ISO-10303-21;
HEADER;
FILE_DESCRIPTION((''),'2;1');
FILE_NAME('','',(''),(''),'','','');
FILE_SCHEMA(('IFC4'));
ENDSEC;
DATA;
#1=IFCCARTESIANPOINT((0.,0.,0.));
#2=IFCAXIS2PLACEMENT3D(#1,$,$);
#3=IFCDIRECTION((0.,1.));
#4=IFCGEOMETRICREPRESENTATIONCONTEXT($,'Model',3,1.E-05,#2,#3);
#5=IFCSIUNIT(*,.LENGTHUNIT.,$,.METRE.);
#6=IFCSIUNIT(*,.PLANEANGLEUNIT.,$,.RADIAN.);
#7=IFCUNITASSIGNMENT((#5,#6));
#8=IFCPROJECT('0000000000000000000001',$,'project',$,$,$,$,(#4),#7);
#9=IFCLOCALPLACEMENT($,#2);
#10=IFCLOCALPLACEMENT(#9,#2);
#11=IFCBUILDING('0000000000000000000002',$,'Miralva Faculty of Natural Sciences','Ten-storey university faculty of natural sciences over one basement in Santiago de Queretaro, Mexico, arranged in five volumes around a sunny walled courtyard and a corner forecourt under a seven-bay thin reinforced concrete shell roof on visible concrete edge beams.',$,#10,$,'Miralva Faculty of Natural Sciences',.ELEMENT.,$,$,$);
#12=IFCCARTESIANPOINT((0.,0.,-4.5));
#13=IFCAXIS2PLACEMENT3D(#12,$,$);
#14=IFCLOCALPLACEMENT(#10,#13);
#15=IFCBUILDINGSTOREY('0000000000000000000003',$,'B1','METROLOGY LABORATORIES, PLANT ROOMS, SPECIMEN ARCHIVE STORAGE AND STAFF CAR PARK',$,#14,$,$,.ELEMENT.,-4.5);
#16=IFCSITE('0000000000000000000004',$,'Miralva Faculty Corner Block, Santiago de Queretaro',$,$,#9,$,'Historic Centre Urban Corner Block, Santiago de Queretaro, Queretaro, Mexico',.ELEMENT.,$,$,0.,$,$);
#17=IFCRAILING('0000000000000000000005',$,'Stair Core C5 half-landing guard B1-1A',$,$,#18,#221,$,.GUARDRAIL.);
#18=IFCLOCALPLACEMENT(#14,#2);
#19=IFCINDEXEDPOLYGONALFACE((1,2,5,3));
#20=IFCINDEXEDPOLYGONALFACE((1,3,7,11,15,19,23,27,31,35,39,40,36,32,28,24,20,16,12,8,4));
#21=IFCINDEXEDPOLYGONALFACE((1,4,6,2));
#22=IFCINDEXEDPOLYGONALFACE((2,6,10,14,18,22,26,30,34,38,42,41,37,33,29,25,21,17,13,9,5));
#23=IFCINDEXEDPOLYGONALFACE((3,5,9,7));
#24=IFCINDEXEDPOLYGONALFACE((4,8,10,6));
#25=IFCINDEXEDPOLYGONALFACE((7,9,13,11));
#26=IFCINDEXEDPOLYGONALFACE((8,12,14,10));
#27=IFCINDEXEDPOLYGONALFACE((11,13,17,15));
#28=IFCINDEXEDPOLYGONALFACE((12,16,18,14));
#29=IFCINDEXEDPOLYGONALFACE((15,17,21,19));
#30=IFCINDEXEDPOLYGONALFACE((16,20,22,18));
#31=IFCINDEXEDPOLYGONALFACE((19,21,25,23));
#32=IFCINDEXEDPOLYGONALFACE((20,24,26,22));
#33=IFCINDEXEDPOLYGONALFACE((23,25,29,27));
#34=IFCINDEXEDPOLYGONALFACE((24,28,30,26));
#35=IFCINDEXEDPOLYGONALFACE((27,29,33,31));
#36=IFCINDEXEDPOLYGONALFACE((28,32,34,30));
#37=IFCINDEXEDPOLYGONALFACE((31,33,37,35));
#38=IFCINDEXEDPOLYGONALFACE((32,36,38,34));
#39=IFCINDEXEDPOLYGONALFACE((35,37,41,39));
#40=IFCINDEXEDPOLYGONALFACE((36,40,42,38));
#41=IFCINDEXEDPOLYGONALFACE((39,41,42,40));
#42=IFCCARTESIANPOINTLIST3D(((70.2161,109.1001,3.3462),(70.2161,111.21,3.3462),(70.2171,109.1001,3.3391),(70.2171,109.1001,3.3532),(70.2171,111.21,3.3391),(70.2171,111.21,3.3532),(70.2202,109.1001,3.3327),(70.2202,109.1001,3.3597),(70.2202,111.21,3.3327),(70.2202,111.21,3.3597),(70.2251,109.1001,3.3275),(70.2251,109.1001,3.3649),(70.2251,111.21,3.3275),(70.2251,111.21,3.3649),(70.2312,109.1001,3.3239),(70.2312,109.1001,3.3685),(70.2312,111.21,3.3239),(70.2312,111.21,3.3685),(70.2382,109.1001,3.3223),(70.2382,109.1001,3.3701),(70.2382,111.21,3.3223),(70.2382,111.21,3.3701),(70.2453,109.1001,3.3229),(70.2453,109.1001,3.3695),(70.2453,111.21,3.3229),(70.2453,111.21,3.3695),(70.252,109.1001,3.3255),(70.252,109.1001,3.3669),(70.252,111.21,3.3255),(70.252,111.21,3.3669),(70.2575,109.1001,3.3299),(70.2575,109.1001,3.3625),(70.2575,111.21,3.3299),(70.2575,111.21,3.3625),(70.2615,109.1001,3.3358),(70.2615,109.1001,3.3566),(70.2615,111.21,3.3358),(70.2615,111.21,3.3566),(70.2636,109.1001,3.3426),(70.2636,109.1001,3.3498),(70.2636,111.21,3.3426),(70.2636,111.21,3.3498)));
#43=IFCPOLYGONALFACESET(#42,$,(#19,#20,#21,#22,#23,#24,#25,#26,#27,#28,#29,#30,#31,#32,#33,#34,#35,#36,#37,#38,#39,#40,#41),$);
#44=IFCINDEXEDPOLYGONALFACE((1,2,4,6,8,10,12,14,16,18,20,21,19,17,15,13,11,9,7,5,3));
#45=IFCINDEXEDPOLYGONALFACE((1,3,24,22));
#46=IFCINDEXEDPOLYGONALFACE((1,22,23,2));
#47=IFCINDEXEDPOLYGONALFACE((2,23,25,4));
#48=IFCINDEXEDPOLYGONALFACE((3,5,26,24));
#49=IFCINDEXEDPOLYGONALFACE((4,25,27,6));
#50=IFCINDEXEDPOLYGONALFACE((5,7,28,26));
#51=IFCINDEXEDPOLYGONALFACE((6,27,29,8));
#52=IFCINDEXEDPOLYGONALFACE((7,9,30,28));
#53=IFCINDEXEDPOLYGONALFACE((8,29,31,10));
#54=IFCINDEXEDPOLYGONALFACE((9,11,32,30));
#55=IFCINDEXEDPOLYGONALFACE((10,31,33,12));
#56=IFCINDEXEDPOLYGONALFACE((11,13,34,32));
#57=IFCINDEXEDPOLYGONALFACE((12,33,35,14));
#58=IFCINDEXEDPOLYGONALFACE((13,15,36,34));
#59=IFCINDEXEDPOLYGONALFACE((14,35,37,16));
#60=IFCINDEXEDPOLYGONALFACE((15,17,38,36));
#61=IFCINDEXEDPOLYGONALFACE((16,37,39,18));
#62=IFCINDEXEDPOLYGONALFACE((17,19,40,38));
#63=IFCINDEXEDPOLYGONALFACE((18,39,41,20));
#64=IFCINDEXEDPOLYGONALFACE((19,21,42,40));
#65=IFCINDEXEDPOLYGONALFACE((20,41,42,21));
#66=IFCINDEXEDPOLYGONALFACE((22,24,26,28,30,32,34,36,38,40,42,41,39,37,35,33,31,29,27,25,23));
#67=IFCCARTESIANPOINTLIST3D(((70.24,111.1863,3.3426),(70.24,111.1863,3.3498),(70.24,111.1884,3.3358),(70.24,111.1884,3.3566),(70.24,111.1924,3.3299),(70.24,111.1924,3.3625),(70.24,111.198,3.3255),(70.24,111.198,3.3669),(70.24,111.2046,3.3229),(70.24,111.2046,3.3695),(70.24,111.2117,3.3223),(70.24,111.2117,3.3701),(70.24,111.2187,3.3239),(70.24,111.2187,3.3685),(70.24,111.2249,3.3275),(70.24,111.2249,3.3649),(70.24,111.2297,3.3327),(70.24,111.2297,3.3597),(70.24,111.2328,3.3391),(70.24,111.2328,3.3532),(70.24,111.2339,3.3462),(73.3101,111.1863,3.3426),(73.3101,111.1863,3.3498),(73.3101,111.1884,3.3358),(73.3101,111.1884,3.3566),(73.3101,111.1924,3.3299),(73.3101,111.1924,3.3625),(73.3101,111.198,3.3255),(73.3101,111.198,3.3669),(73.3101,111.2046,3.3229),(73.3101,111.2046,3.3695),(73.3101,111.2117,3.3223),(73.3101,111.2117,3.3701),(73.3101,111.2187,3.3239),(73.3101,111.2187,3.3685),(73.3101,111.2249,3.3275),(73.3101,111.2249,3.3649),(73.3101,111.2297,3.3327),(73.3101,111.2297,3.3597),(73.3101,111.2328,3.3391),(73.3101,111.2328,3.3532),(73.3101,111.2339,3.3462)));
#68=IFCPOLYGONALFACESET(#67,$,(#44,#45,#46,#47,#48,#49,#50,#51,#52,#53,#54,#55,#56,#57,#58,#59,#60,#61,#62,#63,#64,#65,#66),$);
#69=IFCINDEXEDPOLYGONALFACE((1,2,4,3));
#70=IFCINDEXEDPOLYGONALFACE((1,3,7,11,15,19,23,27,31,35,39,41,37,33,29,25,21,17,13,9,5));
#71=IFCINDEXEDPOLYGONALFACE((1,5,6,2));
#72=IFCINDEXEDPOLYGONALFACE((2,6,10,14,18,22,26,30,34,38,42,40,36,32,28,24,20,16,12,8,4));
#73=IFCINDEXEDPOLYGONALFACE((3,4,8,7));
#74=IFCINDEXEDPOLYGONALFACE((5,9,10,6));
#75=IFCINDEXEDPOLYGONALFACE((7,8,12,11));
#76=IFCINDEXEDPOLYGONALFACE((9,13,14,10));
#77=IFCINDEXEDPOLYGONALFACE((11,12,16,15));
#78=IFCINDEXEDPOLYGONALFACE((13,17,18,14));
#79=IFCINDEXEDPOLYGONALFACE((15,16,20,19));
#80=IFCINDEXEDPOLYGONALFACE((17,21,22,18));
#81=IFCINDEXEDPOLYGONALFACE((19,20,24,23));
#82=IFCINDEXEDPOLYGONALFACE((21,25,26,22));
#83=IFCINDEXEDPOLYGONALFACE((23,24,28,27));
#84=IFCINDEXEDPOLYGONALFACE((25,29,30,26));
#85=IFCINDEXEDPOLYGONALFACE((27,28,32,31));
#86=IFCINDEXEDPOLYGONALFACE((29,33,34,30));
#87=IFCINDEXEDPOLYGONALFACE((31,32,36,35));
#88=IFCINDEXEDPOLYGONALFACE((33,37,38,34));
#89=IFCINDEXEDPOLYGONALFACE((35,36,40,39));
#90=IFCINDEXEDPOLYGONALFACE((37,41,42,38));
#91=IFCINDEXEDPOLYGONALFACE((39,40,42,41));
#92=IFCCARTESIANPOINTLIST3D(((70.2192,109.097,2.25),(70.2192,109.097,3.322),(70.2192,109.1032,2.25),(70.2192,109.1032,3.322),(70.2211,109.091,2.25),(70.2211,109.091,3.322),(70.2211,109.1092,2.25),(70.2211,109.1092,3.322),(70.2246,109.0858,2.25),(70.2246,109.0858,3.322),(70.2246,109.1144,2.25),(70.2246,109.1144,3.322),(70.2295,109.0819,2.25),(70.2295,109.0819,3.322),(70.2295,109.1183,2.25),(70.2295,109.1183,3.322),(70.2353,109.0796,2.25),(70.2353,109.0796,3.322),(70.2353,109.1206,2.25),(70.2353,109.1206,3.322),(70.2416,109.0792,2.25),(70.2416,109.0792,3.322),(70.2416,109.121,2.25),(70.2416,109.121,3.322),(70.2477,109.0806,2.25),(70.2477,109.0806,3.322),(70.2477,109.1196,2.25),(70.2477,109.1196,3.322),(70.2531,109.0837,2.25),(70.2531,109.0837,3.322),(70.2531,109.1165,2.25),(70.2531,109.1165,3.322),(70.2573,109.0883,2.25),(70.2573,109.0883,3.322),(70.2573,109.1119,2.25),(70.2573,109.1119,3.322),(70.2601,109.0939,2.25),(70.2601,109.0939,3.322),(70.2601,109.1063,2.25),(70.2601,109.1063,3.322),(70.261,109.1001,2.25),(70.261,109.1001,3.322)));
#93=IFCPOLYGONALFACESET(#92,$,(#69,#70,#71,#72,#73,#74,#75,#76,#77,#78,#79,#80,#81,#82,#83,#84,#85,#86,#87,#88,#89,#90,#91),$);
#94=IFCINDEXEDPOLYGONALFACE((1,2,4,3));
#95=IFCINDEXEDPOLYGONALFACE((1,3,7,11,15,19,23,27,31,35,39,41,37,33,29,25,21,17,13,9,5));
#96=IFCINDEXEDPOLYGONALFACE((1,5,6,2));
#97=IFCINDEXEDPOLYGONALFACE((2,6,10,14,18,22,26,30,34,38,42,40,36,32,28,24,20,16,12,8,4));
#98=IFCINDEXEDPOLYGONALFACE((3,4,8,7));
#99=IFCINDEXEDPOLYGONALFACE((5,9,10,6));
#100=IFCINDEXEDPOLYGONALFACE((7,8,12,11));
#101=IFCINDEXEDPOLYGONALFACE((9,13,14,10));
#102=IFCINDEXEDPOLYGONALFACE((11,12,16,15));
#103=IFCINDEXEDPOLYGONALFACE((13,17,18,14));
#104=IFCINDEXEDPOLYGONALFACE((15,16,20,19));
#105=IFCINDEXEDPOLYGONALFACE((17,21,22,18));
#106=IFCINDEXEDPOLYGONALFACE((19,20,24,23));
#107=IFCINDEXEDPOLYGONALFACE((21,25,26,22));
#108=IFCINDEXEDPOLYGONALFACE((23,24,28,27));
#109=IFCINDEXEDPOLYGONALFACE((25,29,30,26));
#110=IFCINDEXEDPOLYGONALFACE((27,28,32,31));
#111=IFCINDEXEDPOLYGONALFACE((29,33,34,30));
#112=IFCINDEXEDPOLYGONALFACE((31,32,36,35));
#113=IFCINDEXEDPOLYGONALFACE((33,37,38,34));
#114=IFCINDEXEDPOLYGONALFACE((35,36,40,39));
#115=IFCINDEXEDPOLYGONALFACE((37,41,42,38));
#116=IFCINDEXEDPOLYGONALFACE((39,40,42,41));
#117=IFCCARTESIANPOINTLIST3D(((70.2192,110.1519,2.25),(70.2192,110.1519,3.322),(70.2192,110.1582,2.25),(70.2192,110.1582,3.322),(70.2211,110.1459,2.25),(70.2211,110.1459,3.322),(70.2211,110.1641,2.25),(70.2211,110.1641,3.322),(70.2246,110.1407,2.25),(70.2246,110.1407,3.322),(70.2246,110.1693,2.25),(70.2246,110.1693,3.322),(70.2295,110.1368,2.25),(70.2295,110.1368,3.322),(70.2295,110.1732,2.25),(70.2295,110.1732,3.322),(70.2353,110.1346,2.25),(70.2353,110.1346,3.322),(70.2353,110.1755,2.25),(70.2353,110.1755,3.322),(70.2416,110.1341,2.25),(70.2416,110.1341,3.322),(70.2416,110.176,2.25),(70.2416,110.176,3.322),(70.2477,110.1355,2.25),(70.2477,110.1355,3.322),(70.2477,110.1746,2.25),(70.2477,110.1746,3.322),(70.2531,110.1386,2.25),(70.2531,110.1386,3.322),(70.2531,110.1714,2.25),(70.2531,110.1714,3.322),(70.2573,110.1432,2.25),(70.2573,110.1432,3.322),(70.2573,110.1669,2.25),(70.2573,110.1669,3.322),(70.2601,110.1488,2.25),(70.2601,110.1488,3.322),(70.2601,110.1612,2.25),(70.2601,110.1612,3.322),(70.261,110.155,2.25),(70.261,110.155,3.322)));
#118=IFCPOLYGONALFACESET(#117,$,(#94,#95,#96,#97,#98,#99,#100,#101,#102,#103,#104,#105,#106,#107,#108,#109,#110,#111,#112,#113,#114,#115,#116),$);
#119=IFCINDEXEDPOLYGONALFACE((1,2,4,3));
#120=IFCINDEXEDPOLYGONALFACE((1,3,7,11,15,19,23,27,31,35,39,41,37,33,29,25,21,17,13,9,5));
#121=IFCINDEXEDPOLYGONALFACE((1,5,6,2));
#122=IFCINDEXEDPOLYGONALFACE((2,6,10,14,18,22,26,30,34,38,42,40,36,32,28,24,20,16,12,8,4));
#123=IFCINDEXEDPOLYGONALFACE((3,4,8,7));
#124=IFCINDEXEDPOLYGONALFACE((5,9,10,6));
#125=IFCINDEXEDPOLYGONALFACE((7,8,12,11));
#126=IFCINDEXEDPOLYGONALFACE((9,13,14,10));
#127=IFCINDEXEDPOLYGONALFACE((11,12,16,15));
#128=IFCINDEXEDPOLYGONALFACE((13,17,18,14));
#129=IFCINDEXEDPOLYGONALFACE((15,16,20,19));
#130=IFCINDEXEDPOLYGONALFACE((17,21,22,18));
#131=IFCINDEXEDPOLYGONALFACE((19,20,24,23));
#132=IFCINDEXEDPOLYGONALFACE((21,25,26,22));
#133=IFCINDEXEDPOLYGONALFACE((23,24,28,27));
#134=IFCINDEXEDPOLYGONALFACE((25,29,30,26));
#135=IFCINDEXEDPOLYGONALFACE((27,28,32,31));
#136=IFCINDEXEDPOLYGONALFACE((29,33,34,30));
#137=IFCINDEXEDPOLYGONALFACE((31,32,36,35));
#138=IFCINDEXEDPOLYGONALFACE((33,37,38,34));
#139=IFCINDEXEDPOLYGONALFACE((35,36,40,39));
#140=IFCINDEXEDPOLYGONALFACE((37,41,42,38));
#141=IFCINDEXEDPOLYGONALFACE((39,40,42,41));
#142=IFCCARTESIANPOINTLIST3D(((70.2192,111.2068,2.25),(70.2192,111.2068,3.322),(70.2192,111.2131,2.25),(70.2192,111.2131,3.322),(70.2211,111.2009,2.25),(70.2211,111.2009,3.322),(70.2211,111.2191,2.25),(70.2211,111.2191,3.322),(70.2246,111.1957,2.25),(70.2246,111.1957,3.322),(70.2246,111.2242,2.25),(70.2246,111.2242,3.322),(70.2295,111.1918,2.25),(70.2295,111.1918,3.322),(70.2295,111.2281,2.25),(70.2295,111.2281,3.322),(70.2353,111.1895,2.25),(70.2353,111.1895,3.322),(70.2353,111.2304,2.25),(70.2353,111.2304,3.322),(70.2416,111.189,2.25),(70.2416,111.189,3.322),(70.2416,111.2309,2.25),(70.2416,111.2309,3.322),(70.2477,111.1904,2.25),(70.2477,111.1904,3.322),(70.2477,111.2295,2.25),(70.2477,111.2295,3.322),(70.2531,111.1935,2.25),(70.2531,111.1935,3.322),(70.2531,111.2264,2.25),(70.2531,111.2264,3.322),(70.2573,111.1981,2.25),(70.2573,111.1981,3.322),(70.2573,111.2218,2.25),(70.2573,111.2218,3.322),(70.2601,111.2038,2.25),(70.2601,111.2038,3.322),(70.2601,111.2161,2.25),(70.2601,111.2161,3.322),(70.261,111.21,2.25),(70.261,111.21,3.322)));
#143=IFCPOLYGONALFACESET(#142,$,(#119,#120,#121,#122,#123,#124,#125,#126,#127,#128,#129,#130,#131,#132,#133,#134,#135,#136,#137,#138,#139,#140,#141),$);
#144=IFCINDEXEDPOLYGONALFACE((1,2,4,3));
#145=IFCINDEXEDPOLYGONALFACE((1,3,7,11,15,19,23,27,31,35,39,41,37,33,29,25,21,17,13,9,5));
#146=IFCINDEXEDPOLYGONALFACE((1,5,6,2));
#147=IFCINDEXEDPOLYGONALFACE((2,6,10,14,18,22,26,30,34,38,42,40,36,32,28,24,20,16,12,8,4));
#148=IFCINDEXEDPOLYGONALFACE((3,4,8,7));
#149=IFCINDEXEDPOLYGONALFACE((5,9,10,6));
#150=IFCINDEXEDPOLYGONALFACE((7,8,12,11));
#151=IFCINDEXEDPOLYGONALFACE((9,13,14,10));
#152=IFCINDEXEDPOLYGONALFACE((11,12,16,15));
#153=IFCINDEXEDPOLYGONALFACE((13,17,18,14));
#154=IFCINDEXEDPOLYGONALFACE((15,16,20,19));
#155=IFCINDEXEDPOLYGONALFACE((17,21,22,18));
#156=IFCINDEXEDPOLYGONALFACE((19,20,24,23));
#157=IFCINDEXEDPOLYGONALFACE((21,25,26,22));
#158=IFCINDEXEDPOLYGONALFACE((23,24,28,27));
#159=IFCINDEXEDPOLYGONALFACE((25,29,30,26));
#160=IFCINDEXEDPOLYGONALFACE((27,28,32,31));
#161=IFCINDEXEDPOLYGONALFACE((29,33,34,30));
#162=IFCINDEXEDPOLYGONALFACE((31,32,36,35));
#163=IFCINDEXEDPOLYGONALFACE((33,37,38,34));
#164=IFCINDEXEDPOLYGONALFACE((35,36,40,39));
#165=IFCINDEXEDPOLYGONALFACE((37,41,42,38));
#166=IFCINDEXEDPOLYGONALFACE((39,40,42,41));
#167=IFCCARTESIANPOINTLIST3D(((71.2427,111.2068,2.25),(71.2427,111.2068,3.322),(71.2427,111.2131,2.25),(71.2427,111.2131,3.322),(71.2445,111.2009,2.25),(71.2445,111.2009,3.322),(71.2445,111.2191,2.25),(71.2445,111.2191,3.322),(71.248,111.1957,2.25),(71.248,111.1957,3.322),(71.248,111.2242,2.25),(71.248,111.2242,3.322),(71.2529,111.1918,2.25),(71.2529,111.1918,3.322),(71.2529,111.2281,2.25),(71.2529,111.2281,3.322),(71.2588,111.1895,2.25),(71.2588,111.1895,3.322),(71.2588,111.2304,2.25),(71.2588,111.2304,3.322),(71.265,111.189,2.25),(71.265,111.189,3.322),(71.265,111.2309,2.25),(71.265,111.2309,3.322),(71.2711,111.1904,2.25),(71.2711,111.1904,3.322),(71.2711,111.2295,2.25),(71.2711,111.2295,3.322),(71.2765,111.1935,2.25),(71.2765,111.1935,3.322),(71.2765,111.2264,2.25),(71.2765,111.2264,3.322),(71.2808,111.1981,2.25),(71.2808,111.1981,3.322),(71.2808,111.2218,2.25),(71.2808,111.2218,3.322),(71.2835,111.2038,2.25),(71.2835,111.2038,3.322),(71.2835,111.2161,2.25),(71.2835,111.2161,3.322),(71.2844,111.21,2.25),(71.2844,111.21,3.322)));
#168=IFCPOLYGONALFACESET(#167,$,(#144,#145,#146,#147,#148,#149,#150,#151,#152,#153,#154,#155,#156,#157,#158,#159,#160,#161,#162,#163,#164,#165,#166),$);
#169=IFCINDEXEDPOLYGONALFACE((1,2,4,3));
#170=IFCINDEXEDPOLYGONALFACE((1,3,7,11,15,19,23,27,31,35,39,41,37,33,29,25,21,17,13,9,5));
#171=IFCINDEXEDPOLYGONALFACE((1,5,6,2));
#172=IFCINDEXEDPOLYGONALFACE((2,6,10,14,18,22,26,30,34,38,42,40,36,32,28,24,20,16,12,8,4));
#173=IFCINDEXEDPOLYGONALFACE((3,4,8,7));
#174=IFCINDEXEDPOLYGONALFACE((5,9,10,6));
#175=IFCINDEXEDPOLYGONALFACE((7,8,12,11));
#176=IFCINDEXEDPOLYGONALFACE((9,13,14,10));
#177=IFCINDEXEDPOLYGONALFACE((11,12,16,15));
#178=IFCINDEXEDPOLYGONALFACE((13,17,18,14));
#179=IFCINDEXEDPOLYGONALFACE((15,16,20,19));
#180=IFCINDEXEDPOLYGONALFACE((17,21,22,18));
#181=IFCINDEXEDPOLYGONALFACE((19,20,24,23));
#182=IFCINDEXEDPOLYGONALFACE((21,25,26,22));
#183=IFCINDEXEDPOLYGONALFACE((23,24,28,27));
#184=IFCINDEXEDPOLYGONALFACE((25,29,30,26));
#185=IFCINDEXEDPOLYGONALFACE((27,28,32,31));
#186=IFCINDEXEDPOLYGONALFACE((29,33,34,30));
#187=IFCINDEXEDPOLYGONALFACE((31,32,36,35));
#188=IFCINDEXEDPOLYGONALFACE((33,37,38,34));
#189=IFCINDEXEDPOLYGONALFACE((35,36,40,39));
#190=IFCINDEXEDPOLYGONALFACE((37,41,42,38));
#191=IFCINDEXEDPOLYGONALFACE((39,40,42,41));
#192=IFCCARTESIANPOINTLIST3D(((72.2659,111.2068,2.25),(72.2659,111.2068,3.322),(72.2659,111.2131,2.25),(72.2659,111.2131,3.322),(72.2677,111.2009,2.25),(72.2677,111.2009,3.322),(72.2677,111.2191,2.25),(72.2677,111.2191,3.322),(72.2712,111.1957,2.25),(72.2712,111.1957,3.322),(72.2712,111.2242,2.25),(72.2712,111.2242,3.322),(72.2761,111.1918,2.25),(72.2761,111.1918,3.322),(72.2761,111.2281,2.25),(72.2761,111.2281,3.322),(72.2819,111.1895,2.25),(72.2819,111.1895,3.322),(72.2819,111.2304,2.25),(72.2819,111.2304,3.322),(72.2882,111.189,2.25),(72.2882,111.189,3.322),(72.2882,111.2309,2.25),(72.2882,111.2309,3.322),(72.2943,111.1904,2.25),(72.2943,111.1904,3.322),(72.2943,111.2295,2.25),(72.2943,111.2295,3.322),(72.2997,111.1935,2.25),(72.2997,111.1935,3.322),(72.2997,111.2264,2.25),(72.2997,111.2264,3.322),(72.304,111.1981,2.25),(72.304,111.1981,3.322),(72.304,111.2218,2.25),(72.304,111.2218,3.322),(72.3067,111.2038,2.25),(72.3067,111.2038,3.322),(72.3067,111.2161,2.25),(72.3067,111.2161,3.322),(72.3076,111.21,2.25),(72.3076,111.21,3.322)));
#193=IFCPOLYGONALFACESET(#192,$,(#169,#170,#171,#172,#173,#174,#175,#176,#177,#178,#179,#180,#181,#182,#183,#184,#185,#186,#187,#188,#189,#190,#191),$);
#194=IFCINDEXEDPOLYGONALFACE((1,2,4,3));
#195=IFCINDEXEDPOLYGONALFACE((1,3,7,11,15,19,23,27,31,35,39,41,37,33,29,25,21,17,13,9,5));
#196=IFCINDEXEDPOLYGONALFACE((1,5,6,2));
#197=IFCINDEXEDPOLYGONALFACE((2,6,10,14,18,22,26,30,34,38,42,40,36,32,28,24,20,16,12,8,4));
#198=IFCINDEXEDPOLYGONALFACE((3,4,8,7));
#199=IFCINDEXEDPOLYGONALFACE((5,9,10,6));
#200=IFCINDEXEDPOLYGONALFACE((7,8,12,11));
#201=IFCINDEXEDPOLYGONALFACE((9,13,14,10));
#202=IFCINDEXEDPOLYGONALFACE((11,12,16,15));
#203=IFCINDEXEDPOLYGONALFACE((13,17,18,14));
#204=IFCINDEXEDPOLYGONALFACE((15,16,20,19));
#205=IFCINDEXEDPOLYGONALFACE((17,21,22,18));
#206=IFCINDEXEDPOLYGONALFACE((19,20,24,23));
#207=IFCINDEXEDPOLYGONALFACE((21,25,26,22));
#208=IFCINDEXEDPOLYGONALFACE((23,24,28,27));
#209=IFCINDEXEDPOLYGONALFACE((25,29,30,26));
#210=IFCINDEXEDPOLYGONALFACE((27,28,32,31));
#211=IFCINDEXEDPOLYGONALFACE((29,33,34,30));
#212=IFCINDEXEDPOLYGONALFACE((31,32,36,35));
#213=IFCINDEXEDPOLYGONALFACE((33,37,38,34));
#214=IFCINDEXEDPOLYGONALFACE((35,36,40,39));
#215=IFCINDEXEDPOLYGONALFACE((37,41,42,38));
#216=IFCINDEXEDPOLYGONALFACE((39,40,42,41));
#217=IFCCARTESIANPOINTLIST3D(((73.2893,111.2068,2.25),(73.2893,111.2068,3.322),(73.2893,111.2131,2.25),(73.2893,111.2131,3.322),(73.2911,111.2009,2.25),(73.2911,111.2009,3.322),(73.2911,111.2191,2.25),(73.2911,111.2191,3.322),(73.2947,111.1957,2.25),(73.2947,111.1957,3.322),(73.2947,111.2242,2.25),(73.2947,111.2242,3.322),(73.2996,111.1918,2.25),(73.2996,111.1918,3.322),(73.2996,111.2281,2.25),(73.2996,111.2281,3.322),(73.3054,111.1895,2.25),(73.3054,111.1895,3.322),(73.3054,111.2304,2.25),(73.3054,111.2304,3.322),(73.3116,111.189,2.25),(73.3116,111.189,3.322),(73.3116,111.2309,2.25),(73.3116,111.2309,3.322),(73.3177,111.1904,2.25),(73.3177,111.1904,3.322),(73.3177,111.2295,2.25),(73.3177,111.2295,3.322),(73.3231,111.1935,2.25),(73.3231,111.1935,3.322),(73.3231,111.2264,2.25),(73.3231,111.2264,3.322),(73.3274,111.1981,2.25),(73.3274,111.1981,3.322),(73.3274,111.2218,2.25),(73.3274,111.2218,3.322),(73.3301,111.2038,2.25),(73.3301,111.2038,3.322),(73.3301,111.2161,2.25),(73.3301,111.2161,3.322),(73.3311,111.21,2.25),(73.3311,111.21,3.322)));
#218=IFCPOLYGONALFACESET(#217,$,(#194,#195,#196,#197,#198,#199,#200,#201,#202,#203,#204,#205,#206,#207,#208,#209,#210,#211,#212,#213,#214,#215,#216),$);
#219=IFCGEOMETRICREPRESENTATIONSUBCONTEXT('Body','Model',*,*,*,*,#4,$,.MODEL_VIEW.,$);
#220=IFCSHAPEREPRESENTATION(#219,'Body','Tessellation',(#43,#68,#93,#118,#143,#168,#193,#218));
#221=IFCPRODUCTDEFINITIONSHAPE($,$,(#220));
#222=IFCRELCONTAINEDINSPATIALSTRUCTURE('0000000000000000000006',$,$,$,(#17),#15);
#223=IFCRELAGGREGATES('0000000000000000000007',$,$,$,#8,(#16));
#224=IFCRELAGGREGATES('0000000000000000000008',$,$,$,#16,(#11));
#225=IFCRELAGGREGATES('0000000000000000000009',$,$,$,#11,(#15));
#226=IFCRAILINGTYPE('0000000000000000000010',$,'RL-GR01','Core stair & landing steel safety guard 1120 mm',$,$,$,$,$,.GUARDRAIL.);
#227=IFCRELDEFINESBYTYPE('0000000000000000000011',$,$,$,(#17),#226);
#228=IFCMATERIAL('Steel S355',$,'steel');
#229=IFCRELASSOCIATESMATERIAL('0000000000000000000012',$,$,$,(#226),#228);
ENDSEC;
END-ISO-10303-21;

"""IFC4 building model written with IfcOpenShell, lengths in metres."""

from ifc_helpers import new_model, si_unit, direction, frame, origin, origin_2d, place, context, subcontext, project, spatial, circle, extrude, material, type_object, element, save


model = new_model("IFC4")

# Units and contexts
model_context = context("Model", 3, precision=1e-05, world=origin(), true_north=direction((0.0, 1.0)))
body_context = subcontext(model_context, "Body", "Model", "MODEL_VIEW")
ifc_project = project(units=[si_unit("LENGTHUNIT", "METRE"), si_unit("PLANEANGLEUNIT", "RADIAN")], contexts=[model_context])

# Site, building, storey
site_placement = place(None, origin())
site = spatial("IfcSite", under=ifc_project, at=site_placement, Name="Miralva Faculty Corner Block, Santiago de Queretaro", LongName="Historic Centre Urban Corner Block, Santiago de Queretaro, Queretaro, Mexico", CompositionType="ELEMENT", RefElevation=0.0)
building_placement = place(site_placement, origin())
building = spatial("IfcBuilding", under=site, at=building_placement, Name="Miralva Faculty of Natural Sciences", Description="Ten-storey university faculty of natural sciences over one basement in Santiago de Queretaro, Mexico, arranged in five volumes around a sunny walled courtyard and a corner forecourt under a seven-bay thin reinforced concrete shell roof on visible concrete edge beams.", LongName="Miralva Faculty of Natural Sciences", CompositionType="ELEMENT")
storey_placement = place(building_placement, frame((0.0, 0.0, -4.5)))
storey = spatial("IfcBuildingStorey", under=building, at=storey_placement, Name="B1", Description="METROLOGY LABORATORIES, PLANT ROOMS, SPECIMEN ARCHIVE STORAGE AND STAFF CAR PARK", CompositionType="ELEMENT", Elevation=-4.5)

# Railing
ifc_material_1 = material(Name="Steel S355", Category="steel")
railing_type_1 = type_object("IfcRailingType", Name="RL-GR01", Description="Core stair & landing steel safety guard 1120 mm", PredefinedType="GUARDRAIL", material=ifc_material_1)
railing_1_placement = place(storey_placement, frame((70.24, 109.1001, 2.25)))
element("IfcRailing", 1, at=railing_1_placement, inside=storey, type_object=railing_type_1, Name="Stair Core C5 half-landing guard B1-1A", PredefinedType="GUARDRAIL", context=body_context, shape_type="SweptSolid", body=[
    extrude(circle(Radius=0.0239, at=origin_2d()), frame((0.0, 0.0, 1.0962), z_axis=(0.0, 1.0, 0.0), x_axis=(-1.0, 0.0, 0.0)), (0.0, 0.0, 1.0), 2.1099),
    extrude(circle(Radius=0.0239, at=origin_2d()), frame((0.0, 2.1099, 1.0962), z_axis=(1.0, 0.0, 0.0), x_axis=(0.0, 1.0, 0.0)), (0.0, 0.0, 1.0), 3.0701),
    extrude(circle(Radius=0.021, at=origin_2d()), origin(), (0.0, 0.0, 1.0), 1.072),
    extrude(circle(Radius=0.021, at=origin_2d()), frame((0.0, 1.0549, 0.0)), (0.0, 0.0, 1.0), 1.072),
    extrude(circle(Radius=0.021, at=origin_2d()), frame((0.0, 2.1099, 0.0)), (0.0, 0.0, 1.0), 1.072),
    extrude(circle(Radius=0.021, at=origin_2d()), frame((1.0234, 2.1099, 0.0)), (0.0, 0.0, 1.0), 1.072),
    extrude(circle(Radius=0.021, at=origin_2d()), frame((2.0466, 2.1099, 0.0)), (0.0, 0.0, 1.0), 1.072),
    extrude(circle(Radius=0.021, at=origin_2d()), frame((3.0701, 2.1099, 0.0)), (0.0, 0.0, 1.0), 1.072),
])

save(model, "model.ifc")
